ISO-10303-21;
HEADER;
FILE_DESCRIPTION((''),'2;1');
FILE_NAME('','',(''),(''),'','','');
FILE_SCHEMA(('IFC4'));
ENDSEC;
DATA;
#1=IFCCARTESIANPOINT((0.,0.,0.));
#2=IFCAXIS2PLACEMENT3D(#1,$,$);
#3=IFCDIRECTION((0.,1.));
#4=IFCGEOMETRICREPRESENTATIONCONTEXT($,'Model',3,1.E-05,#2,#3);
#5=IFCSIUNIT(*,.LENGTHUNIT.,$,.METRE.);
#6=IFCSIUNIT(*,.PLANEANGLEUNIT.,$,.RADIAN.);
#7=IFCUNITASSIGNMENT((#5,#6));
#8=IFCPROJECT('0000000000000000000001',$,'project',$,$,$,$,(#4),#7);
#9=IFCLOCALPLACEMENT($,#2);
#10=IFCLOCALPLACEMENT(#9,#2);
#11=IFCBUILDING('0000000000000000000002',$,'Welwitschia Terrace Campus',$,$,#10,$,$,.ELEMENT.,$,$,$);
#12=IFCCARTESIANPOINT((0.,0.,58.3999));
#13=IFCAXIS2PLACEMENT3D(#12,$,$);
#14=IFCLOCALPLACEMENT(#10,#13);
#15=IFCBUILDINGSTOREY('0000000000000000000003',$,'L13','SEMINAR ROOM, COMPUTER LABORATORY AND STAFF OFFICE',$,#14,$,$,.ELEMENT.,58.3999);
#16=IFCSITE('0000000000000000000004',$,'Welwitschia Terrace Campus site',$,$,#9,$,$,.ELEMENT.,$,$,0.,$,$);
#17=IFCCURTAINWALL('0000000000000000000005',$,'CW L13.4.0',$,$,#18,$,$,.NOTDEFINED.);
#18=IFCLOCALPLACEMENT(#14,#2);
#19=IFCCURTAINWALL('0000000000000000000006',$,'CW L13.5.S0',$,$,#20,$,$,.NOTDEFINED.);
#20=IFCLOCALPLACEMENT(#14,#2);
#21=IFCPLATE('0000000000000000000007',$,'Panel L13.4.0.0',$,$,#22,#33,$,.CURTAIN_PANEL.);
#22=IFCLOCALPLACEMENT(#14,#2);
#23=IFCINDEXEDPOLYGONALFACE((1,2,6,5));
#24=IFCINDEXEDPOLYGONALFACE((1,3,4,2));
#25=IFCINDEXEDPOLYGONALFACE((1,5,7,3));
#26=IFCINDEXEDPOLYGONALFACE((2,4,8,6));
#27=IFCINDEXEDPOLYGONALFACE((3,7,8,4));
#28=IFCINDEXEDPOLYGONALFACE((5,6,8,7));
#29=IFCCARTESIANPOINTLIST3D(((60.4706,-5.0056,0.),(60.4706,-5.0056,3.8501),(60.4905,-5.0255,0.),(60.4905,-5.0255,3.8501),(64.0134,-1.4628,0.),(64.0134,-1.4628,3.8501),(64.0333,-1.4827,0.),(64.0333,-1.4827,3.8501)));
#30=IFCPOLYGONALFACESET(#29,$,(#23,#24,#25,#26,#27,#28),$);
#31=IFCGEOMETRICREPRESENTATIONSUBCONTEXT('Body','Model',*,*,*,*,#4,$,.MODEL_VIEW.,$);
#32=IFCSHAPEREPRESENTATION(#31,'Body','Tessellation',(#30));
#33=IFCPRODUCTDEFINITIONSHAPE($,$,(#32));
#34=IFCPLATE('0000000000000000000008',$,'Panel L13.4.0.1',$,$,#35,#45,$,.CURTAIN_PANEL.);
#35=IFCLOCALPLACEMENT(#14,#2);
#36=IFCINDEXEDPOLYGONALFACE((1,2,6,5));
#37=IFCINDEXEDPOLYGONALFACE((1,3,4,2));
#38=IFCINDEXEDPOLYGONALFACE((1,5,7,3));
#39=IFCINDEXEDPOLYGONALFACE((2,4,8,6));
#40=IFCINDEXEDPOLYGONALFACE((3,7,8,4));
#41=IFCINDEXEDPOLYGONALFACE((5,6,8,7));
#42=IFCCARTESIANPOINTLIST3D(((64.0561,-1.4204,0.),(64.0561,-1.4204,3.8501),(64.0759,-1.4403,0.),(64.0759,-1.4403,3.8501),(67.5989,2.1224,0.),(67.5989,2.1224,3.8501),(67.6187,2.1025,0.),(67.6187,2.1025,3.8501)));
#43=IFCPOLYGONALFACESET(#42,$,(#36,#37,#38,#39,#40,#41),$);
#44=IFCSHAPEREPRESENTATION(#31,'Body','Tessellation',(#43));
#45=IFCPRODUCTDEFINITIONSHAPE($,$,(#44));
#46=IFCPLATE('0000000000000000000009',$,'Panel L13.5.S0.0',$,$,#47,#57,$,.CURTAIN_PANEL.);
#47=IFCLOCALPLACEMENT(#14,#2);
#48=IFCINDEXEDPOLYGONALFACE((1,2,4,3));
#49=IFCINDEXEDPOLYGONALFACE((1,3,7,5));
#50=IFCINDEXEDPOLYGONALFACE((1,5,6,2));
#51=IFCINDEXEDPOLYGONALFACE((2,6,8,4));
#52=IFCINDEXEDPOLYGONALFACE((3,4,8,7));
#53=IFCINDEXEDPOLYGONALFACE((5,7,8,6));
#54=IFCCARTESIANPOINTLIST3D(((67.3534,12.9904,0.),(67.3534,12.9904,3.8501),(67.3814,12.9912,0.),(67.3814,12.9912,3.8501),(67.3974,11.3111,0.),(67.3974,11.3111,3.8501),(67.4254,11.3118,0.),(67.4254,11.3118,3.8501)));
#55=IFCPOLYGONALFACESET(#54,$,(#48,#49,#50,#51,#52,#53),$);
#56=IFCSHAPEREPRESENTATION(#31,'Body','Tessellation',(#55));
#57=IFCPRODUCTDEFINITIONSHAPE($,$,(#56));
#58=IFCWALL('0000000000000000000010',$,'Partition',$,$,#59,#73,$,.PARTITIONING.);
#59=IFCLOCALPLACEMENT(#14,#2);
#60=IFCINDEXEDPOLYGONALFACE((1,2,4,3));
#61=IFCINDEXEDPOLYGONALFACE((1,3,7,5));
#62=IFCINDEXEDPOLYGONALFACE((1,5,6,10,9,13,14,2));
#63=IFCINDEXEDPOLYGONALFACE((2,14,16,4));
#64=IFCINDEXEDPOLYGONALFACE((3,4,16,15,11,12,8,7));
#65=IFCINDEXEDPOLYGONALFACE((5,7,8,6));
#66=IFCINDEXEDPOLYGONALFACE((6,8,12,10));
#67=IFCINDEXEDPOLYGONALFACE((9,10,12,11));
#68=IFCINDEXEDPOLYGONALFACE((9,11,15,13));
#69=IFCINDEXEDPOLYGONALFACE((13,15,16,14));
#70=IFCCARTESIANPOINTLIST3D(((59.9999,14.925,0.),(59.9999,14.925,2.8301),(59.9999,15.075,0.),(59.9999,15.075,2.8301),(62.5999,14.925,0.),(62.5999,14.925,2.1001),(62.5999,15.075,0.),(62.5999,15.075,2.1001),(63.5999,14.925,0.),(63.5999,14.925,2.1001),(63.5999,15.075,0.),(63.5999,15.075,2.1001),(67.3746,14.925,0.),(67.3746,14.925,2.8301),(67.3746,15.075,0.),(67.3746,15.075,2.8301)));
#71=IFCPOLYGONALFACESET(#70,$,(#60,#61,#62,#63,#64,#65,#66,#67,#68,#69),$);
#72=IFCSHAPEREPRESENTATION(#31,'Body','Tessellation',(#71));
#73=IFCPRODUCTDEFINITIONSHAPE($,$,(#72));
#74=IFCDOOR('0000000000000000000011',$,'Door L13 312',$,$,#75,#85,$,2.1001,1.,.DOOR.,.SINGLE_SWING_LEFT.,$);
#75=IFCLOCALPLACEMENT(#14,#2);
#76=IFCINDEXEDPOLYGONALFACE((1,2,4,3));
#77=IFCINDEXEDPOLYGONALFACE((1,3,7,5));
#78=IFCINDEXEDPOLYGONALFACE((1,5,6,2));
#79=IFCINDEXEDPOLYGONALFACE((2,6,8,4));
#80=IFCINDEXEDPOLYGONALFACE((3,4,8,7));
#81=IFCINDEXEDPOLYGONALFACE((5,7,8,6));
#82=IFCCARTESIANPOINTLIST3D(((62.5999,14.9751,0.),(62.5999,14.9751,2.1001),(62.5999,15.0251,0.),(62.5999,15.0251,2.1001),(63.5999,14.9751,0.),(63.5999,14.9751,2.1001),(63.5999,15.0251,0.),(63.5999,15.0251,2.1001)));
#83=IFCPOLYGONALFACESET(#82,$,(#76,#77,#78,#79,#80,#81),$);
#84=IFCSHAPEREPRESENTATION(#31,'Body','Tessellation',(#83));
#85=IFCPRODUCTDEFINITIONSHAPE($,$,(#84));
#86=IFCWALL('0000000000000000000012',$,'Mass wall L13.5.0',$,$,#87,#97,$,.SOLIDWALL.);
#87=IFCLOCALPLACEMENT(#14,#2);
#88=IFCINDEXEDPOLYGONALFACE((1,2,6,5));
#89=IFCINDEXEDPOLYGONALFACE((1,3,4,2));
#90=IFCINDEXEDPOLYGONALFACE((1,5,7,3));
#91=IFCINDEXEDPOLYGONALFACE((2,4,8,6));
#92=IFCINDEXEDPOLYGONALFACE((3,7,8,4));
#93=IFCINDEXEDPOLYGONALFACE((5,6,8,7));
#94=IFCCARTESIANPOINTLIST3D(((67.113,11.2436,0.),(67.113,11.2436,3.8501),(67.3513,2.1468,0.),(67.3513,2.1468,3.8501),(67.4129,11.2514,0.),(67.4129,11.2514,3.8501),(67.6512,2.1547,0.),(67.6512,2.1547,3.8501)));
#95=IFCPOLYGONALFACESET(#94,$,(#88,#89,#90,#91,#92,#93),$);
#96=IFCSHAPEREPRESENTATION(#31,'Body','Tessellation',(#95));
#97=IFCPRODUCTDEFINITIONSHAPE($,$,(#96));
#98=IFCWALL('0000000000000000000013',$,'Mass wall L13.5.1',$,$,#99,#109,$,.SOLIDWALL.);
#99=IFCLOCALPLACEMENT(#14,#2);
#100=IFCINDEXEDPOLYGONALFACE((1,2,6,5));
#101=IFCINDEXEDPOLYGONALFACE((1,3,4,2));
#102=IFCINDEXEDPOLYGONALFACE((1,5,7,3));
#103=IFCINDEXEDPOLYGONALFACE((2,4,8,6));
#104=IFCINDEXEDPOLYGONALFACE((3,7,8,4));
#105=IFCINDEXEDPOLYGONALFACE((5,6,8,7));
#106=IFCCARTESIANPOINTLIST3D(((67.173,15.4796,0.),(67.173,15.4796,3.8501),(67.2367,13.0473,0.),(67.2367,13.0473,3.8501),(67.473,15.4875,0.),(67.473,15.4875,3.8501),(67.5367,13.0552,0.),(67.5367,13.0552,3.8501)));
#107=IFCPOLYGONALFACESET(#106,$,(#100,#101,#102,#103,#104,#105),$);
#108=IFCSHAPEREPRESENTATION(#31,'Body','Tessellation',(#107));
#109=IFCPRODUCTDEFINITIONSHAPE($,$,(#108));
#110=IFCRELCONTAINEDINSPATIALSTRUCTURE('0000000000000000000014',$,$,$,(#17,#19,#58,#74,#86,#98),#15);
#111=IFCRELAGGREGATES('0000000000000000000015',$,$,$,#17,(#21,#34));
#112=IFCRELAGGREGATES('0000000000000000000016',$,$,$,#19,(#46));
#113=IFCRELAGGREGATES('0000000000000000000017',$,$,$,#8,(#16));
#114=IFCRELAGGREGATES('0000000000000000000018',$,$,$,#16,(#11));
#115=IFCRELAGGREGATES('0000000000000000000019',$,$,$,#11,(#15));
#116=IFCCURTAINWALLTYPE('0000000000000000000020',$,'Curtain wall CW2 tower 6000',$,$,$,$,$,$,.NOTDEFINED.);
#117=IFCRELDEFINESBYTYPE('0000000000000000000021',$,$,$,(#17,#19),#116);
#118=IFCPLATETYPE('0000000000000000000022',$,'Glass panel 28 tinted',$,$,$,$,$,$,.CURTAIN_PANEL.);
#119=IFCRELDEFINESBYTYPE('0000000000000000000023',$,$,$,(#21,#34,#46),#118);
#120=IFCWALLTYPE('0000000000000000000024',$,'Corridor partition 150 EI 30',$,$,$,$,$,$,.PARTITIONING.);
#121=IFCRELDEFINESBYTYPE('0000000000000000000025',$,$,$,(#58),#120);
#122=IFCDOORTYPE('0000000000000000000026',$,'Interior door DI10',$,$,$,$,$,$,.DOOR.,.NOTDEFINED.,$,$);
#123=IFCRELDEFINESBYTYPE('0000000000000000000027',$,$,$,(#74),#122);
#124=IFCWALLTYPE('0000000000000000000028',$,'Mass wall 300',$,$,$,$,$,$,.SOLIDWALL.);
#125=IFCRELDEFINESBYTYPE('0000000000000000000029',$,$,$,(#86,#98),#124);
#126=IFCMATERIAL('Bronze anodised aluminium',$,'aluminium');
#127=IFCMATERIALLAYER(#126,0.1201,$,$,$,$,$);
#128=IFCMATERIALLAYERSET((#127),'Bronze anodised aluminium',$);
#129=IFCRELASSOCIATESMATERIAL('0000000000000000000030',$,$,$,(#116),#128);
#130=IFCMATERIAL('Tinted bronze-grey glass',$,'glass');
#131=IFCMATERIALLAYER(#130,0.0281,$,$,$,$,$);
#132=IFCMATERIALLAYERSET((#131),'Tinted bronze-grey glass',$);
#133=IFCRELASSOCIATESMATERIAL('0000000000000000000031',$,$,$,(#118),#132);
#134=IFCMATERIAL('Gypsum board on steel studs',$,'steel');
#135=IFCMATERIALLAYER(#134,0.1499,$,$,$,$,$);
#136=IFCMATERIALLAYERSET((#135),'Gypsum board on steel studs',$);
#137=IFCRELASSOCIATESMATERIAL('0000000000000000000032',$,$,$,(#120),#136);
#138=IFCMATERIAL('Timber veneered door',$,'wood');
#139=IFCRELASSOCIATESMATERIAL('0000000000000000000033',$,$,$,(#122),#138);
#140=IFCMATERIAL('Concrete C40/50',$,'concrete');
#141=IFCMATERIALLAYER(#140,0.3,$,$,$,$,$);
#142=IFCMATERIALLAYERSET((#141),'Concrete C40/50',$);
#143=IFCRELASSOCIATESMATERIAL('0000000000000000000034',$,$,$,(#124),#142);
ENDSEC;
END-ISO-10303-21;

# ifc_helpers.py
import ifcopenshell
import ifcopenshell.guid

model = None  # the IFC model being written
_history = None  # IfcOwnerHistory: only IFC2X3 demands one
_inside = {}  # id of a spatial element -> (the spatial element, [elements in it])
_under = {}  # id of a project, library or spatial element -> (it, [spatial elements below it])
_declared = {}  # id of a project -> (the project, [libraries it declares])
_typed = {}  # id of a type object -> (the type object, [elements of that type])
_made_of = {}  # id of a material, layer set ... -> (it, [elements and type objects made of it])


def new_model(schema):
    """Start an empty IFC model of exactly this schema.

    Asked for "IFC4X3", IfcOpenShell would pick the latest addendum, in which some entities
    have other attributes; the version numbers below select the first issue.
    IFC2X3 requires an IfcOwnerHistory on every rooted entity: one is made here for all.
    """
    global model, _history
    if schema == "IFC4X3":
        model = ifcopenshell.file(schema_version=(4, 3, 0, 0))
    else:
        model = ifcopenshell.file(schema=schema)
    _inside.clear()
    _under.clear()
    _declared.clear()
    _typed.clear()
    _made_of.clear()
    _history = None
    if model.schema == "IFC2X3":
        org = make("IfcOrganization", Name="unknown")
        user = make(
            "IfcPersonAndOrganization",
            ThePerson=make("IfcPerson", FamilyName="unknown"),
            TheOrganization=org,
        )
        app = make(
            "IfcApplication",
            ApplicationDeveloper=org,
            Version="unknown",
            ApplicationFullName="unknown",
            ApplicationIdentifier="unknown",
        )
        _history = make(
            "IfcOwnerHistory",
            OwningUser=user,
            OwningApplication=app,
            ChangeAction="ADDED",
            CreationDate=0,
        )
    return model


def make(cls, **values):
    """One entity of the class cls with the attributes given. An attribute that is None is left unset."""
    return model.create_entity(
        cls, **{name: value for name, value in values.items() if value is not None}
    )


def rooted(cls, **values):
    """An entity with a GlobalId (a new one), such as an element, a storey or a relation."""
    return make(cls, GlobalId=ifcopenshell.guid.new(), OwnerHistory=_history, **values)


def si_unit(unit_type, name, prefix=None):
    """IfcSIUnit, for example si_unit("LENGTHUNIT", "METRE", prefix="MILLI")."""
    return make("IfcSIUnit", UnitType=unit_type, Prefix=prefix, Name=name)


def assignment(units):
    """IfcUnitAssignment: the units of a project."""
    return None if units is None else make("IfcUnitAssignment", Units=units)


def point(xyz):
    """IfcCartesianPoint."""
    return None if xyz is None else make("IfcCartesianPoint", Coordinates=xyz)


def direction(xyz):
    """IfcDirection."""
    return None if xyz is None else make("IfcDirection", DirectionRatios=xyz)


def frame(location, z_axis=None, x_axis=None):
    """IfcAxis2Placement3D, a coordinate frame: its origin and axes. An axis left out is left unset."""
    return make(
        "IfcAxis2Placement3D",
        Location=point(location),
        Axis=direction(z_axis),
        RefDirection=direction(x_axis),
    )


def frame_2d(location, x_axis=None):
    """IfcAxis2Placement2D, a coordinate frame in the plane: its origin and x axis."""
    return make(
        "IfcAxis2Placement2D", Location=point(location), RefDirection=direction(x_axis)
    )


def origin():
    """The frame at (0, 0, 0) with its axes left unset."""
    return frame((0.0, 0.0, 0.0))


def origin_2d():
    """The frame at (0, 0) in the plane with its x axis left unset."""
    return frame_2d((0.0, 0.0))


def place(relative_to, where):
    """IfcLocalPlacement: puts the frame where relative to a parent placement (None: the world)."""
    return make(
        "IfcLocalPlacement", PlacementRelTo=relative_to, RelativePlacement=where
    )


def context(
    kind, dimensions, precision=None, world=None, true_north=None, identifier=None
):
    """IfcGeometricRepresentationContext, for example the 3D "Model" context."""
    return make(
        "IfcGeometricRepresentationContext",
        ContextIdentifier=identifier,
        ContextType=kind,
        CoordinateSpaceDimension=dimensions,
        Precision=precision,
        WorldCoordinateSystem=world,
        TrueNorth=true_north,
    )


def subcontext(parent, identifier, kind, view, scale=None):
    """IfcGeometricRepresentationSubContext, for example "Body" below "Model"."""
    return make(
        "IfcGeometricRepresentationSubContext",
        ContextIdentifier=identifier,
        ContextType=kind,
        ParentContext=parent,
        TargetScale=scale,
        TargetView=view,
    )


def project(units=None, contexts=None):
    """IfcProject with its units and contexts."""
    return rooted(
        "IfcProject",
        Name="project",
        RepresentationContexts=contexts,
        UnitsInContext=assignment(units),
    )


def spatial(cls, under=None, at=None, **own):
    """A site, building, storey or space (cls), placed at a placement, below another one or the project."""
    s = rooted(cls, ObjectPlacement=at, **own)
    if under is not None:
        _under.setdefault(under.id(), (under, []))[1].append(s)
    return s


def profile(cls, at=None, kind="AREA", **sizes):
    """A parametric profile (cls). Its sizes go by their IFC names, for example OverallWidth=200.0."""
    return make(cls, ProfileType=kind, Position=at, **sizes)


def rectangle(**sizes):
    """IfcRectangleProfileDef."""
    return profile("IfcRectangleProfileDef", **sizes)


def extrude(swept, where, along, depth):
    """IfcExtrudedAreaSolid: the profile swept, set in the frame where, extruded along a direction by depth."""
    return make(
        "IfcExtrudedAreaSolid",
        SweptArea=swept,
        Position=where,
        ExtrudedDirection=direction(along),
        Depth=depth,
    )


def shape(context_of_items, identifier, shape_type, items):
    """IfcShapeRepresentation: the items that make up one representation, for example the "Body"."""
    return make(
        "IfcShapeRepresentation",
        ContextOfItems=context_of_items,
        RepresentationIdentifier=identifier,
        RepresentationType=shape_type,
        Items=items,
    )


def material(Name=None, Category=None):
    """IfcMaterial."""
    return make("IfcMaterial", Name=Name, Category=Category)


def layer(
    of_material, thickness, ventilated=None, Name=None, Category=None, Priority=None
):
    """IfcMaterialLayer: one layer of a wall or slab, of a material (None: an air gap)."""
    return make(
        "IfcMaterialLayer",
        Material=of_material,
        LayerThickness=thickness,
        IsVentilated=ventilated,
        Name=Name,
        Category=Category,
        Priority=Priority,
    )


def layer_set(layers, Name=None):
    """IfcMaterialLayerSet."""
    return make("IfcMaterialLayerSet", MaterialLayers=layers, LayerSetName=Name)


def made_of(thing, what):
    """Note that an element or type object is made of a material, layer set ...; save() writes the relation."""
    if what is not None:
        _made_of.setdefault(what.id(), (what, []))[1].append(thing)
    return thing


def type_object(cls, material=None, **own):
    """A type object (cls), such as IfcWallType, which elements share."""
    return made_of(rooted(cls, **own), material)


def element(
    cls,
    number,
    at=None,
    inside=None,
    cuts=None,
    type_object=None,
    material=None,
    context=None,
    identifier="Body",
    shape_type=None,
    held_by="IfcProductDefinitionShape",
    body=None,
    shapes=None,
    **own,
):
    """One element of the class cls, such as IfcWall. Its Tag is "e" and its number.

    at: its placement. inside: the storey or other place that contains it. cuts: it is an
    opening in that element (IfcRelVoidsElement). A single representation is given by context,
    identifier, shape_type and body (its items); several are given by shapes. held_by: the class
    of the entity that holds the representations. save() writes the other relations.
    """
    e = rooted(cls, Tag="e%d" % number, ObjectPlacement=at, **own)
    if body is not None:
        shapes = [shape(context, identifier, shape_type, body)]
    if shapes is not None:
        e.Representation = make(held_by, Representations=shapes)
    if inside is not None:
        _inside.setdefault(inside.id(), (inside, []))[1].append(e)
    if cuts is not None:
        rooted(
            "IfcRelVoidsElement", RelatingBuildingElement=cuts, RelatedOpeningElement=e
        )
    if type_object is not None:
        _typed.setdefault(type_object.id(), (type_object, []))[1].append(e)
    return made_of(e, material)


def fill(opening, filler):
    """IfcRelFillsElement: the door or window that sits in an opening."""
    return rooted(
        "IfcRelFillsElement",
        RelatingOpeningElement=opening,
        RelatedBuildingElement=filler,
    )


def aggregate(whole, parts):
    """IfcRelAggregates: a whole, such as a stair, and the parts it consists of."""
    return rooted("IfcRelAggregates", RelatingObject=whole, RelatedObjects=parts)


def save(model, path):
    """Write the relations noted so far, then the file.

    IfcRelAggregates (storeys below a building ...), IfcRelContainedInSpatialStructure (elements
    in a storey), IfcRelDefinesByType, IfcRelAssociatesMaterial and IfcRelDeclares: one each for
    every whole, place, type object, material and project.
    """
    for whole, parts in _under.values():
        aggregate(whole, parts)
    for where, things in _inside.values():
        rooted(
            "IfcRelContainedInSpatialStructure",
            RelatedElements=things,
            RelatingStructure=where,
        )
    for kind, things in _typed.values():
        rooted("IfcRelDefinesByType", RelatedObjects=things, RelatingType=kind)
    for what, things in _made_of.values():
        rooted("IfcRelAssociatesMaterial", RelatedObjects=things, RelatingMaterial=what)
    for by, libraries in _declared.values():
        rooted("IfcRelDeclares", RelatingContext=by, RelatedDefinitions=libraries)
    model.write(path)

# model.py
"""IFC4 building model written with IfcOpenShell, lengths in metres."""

from ifc_helpers import new_model, si_unit, direction, frame, frame_2d, origin, origin_2d, place, context, subcontext, project, spatial, rectangle, extrude, material, layer, layer_set, type_object, element, fill, aggregate, save


model = new_model("IFC4")

# Units and contexts
model_context = context("Model", 3, precision=1e-05, world=origin(), true_north=direction((0.0, 1.0)))
body_context = subcontext(model_context, "Body", "Model", "MODEL_VIEW")
ifc_project = project(units=[si_unit("LENGTHUNIT", "METRE"), si_unit("PLANEANGLEUNIT", "RADIAN")], contexts=[model_context])

# Site, building, storey
site_placement = place(None, origin())
site = spatial("IfcSite", under=ifc_project, at=site_placement, Name="Welwitschia Terrace Campus site", CompositionType="ELEMENT", RefElevation=0.0)
building_placement = place(site_placement, origin())
building = spatial("IfcBuilding", under=site, at=building_placement, Name="Welwitschia Terrace Campus", CompositionType="ELEMENT")
storey_placement = place(building_placement, frame((0.0, 0.0, 58.3999)))
storey = spatial("IfcBuildingStorey", under=building, at=storey_placement, Name="L13", Description="SEMINAR ROOM, COMPUTER LABORATORY AND STAFF OFFICE", CompositionType="ELEMENT", Elevation=58.3999)

# Shared definitions
ifc_material_1 = material(Name="Bronze anodised aluminium", Category="aluminium")
ifc_layer_1 = layer(ifc_material_1, 0.1201)
ifc_layer_set_1 = layer_set([ifc_layer_1], Name="Bronze anodised aluminium")
curtain_wall_type = type_object("IfcCurtainWallType", Name="Curtain wall CW2 tower 6000", PredefinedType="NOTDEFINED", material=ifc_layer_set_1)

# Curtain walls
curtain_wall_1_placement = place(storey_placement, origin())
curtain_wall_1 = element("IfcCurtainWall", 1, at=curtain_wall_1_placement, inside=storey, type_object=curtain_wall_type, Name="CW L13.4.0", PredefinedType="NOTDEFINED")
curtain_wall_2_placement = place(storey_placement, origin())
curtain_wall_2 = element("IfcCurtainWall", 2, at=curtain_wall_2_placement, inside=storey, type_object=curtain_wall_type, Name="CW L13.5.S0", PredefinedType="NOTDEFINED")

# Plates
ifc_material_2 = material(Name="Tinted bronze-grey glass", Category="glass")
ifc_layer_2 = layer(ifc_material_2, 0.0281)
ifc_layer_set_2 = layer_set([ifc_layer_2], Name="Tinted bronze-grey glass")
plate_type = type_object("IfcPlateType", Name="Glass panel 28 tinted", PredefinedType="CURTAIN_PANEL", material=ifc_layer_set_2)
plate_1_placement = place(storey_placement, frame((62.252, -3.2441, 0.0), z_axis=(0.0, 0.0, 1.0), x_axis=(0.707107, 0.707107, 0.0)))
plate_1 = element("IfcPlate", 3, at=plate_1_placement, type_object=plate_type, Name="Panel L13.4.0.0", PredefinedType="CURTAIN_PANEL", context=body_context, shape_type="SweptSolid", body=[
    extrude(rectangle(XDim=5.0103, YDim=0.0281, at=origin_2d()), origin(), (0.0, 0.0, 1.0), 3.8501),
])
plate_2_placement = place(storey_placement, frame((65.8374, 0.3411, 0.0), z_axis=(0.0, 0.0, 1.0), x_axis=(0.707107, 0.707107, 0.0)))
plate_2 = element("IfcPlate", 4, at=plate_2_placement, type_object=plate_type, Name="Panel L13.4.0.1", PredefinedType="CURTAIN_PANEL", context=body_context, shape_type="SweptSolid", body=[
    extrude(rectangle(XDim=5.0103, YDim=0.0281, at=origin_2d()), origin(), (0.0, 0.0, 1.0), 3.8501),
])
aggregate(curtain_wall_1, [plate_1, plate_2])
plate_3_placement = place(storey_placement, frame((67.3894, 12.1511, 0.0), z_axis=(0.0, 0.0, 1.0), x_axis=(-0.026177, 0.999657, 0.0)))
plate_3 = element("IfcPlate", 5, at=plate_3_placement, type_object=plate_type, Name="Panel L13.5.S0.0", PredefinedType="CURTAIN_PANEL", context=body_context, shape_type="SweptSolid", body=[
    extrude(rectangle(XDim=1.6799, YDim=0.0281, at=origin_2d()), origin(), (0.0, 0.0, 1.0), 3.8501),
])
aggregate(curtain_wall_2, [plate_3])

# Wall, opening, door
ifc_material_3 = material(Name="Gypsum board on steel studs", Category="steel")
ifc_layer_3 = layer(ifc_material_3, 0.1499)
ifc_layer_set_3 = layer_set([ifc_layer_3], Name="Gypsum board on steel studs")
wall_type_1 = type_object("IfcWallType", Name="Corridor partition 150 EI 30", PredefinedType="PARTITIONING", material=ifc_layer_set_3)
wall_1_placement = place(storey_placement, frame((67.3748, 15.0, 0.0), z_axis=(0.0, 0.0, 1.0), x_axis=(-1.0, 0.0, 0.0)))
wall_1 = element("IfcWall", 6, at=wall_1_placement, inside=storey, type_object=wall_type_1, Name="Partition", PredefinedType="PARTITIONING", context=body_context, shape_type="SweptSolid", body=[
    extrude(rectangle(XDim=7.3748, YDim=0.1499, at=frame_2d((3.6875, 0.0))), origin(), (0.0, 0.0, 1.0), 2.8301),
])
opening_placement = place(wall_1_placement, frame((3.7749, 0.0, 0.0)))
opening = element("IfcOpeningElement", 7, at=opening_placement, cuts=wall_1, PredefinedType="OPENING", context=body_context, shape_type="SweptSolid", body=[
    extrude(rectangle(XDim=1.0, YDim=2.1001, at=frame_2d((0.5, 1.05))), frame((0.0, 0.085, 0.0), z_axis=(0.0, -1.0, 0.0), x_axis=(1.0, 0.0, 0.0)), (0.0, 0.0, 1.0), 0.1699),
])
ifc_material_4 = material(Name="Timber veneered door", Category="wood")
door_type = type_object("IfcDoorType", Name="Interior door DI10", OperationType="NOTDEFINED", PredefinedType="DOOR", material=ifc_material_4)
door_placement = place(opening_placement, origin())
door = element("IfcDoor", 8, at=door_placement, inside=storey, type_object=door_type, Name="Door L13 312", OperationType="SINGLE_SWING_LEFT", OverallHeight=2.1001, OverallWidth=1.0, PredefinedType="DOOR", context=body_context, shape_type="SweptSolid", body=[
    extrude(rectangle(XDim=1.0, YDim=2.1001, at=frame_2d((0.5, 1.05))), frame((0.0, 0.0249, 0.0), z_axis=(0.0, -1.0, 0.0), x_axis=(1.0, 0.0, 0.0)), (0.0, 0.0, 1.0), 0.05),
])
fill(opening, door)

# Walls
ifc_material_5 = material(Name="Concrete C40/50", Category="concrete")
ifc_layer_4 = layer(ifc_material_5, 0.3)
ifc_layer_set_4 = layer_set([ifc_layer_4], Name="Concrete C40/50")
wall_type_2 = type_object("IfcWallType", Name="Mass wall 300", PredefinedType="SOLIDWALL", material=ifc_layer_set_4)
wall_2_placement = place(storey_placement, frame((67.5012, 2.1509, 0.0), z_axis=(0.0, 0.0, 1.0), x_axis=(-0.026185, 0.999657, 0.0)))
element("IfcWall", 9, at=wall_2_placement, inside=storey, type_object=wall_type_2, Name="Mass wall L13.5.0", PredefinedType="SOLIDWALL", context=body_context, shape_type="SweptSolid", body=[
    extrude(rectangle(XDim=9.0999, YDim=0.3, at=frame_2d((4.5498, 0.0))), origin(), (0.0, 0.0, 1.0), 3.8501),
])
wall_3_placement = place(storey_placement, frame((67.3867, 13.0513, 0.0), z_axis=(0.0, 0.0, 1.0), x_axis=(-0.026188, 0.999657, 0.0)))
element("IfcWall", 10, at=wall_3_placement, inside=storey, type_object=wall_type_2, Name="Mass wall L13.5.1", PredefinedType="SOLIDWALL", context=body_context, shape_type="SweptSolid", body=[
    extrude(rectangle(XDim=2.4331, YDim=0.3, at=frame_2d((1.2166, 0.0))), origin(), (0.0, 0.0, 1.0), 3.8501),
])

save(model, "model.ifc")
